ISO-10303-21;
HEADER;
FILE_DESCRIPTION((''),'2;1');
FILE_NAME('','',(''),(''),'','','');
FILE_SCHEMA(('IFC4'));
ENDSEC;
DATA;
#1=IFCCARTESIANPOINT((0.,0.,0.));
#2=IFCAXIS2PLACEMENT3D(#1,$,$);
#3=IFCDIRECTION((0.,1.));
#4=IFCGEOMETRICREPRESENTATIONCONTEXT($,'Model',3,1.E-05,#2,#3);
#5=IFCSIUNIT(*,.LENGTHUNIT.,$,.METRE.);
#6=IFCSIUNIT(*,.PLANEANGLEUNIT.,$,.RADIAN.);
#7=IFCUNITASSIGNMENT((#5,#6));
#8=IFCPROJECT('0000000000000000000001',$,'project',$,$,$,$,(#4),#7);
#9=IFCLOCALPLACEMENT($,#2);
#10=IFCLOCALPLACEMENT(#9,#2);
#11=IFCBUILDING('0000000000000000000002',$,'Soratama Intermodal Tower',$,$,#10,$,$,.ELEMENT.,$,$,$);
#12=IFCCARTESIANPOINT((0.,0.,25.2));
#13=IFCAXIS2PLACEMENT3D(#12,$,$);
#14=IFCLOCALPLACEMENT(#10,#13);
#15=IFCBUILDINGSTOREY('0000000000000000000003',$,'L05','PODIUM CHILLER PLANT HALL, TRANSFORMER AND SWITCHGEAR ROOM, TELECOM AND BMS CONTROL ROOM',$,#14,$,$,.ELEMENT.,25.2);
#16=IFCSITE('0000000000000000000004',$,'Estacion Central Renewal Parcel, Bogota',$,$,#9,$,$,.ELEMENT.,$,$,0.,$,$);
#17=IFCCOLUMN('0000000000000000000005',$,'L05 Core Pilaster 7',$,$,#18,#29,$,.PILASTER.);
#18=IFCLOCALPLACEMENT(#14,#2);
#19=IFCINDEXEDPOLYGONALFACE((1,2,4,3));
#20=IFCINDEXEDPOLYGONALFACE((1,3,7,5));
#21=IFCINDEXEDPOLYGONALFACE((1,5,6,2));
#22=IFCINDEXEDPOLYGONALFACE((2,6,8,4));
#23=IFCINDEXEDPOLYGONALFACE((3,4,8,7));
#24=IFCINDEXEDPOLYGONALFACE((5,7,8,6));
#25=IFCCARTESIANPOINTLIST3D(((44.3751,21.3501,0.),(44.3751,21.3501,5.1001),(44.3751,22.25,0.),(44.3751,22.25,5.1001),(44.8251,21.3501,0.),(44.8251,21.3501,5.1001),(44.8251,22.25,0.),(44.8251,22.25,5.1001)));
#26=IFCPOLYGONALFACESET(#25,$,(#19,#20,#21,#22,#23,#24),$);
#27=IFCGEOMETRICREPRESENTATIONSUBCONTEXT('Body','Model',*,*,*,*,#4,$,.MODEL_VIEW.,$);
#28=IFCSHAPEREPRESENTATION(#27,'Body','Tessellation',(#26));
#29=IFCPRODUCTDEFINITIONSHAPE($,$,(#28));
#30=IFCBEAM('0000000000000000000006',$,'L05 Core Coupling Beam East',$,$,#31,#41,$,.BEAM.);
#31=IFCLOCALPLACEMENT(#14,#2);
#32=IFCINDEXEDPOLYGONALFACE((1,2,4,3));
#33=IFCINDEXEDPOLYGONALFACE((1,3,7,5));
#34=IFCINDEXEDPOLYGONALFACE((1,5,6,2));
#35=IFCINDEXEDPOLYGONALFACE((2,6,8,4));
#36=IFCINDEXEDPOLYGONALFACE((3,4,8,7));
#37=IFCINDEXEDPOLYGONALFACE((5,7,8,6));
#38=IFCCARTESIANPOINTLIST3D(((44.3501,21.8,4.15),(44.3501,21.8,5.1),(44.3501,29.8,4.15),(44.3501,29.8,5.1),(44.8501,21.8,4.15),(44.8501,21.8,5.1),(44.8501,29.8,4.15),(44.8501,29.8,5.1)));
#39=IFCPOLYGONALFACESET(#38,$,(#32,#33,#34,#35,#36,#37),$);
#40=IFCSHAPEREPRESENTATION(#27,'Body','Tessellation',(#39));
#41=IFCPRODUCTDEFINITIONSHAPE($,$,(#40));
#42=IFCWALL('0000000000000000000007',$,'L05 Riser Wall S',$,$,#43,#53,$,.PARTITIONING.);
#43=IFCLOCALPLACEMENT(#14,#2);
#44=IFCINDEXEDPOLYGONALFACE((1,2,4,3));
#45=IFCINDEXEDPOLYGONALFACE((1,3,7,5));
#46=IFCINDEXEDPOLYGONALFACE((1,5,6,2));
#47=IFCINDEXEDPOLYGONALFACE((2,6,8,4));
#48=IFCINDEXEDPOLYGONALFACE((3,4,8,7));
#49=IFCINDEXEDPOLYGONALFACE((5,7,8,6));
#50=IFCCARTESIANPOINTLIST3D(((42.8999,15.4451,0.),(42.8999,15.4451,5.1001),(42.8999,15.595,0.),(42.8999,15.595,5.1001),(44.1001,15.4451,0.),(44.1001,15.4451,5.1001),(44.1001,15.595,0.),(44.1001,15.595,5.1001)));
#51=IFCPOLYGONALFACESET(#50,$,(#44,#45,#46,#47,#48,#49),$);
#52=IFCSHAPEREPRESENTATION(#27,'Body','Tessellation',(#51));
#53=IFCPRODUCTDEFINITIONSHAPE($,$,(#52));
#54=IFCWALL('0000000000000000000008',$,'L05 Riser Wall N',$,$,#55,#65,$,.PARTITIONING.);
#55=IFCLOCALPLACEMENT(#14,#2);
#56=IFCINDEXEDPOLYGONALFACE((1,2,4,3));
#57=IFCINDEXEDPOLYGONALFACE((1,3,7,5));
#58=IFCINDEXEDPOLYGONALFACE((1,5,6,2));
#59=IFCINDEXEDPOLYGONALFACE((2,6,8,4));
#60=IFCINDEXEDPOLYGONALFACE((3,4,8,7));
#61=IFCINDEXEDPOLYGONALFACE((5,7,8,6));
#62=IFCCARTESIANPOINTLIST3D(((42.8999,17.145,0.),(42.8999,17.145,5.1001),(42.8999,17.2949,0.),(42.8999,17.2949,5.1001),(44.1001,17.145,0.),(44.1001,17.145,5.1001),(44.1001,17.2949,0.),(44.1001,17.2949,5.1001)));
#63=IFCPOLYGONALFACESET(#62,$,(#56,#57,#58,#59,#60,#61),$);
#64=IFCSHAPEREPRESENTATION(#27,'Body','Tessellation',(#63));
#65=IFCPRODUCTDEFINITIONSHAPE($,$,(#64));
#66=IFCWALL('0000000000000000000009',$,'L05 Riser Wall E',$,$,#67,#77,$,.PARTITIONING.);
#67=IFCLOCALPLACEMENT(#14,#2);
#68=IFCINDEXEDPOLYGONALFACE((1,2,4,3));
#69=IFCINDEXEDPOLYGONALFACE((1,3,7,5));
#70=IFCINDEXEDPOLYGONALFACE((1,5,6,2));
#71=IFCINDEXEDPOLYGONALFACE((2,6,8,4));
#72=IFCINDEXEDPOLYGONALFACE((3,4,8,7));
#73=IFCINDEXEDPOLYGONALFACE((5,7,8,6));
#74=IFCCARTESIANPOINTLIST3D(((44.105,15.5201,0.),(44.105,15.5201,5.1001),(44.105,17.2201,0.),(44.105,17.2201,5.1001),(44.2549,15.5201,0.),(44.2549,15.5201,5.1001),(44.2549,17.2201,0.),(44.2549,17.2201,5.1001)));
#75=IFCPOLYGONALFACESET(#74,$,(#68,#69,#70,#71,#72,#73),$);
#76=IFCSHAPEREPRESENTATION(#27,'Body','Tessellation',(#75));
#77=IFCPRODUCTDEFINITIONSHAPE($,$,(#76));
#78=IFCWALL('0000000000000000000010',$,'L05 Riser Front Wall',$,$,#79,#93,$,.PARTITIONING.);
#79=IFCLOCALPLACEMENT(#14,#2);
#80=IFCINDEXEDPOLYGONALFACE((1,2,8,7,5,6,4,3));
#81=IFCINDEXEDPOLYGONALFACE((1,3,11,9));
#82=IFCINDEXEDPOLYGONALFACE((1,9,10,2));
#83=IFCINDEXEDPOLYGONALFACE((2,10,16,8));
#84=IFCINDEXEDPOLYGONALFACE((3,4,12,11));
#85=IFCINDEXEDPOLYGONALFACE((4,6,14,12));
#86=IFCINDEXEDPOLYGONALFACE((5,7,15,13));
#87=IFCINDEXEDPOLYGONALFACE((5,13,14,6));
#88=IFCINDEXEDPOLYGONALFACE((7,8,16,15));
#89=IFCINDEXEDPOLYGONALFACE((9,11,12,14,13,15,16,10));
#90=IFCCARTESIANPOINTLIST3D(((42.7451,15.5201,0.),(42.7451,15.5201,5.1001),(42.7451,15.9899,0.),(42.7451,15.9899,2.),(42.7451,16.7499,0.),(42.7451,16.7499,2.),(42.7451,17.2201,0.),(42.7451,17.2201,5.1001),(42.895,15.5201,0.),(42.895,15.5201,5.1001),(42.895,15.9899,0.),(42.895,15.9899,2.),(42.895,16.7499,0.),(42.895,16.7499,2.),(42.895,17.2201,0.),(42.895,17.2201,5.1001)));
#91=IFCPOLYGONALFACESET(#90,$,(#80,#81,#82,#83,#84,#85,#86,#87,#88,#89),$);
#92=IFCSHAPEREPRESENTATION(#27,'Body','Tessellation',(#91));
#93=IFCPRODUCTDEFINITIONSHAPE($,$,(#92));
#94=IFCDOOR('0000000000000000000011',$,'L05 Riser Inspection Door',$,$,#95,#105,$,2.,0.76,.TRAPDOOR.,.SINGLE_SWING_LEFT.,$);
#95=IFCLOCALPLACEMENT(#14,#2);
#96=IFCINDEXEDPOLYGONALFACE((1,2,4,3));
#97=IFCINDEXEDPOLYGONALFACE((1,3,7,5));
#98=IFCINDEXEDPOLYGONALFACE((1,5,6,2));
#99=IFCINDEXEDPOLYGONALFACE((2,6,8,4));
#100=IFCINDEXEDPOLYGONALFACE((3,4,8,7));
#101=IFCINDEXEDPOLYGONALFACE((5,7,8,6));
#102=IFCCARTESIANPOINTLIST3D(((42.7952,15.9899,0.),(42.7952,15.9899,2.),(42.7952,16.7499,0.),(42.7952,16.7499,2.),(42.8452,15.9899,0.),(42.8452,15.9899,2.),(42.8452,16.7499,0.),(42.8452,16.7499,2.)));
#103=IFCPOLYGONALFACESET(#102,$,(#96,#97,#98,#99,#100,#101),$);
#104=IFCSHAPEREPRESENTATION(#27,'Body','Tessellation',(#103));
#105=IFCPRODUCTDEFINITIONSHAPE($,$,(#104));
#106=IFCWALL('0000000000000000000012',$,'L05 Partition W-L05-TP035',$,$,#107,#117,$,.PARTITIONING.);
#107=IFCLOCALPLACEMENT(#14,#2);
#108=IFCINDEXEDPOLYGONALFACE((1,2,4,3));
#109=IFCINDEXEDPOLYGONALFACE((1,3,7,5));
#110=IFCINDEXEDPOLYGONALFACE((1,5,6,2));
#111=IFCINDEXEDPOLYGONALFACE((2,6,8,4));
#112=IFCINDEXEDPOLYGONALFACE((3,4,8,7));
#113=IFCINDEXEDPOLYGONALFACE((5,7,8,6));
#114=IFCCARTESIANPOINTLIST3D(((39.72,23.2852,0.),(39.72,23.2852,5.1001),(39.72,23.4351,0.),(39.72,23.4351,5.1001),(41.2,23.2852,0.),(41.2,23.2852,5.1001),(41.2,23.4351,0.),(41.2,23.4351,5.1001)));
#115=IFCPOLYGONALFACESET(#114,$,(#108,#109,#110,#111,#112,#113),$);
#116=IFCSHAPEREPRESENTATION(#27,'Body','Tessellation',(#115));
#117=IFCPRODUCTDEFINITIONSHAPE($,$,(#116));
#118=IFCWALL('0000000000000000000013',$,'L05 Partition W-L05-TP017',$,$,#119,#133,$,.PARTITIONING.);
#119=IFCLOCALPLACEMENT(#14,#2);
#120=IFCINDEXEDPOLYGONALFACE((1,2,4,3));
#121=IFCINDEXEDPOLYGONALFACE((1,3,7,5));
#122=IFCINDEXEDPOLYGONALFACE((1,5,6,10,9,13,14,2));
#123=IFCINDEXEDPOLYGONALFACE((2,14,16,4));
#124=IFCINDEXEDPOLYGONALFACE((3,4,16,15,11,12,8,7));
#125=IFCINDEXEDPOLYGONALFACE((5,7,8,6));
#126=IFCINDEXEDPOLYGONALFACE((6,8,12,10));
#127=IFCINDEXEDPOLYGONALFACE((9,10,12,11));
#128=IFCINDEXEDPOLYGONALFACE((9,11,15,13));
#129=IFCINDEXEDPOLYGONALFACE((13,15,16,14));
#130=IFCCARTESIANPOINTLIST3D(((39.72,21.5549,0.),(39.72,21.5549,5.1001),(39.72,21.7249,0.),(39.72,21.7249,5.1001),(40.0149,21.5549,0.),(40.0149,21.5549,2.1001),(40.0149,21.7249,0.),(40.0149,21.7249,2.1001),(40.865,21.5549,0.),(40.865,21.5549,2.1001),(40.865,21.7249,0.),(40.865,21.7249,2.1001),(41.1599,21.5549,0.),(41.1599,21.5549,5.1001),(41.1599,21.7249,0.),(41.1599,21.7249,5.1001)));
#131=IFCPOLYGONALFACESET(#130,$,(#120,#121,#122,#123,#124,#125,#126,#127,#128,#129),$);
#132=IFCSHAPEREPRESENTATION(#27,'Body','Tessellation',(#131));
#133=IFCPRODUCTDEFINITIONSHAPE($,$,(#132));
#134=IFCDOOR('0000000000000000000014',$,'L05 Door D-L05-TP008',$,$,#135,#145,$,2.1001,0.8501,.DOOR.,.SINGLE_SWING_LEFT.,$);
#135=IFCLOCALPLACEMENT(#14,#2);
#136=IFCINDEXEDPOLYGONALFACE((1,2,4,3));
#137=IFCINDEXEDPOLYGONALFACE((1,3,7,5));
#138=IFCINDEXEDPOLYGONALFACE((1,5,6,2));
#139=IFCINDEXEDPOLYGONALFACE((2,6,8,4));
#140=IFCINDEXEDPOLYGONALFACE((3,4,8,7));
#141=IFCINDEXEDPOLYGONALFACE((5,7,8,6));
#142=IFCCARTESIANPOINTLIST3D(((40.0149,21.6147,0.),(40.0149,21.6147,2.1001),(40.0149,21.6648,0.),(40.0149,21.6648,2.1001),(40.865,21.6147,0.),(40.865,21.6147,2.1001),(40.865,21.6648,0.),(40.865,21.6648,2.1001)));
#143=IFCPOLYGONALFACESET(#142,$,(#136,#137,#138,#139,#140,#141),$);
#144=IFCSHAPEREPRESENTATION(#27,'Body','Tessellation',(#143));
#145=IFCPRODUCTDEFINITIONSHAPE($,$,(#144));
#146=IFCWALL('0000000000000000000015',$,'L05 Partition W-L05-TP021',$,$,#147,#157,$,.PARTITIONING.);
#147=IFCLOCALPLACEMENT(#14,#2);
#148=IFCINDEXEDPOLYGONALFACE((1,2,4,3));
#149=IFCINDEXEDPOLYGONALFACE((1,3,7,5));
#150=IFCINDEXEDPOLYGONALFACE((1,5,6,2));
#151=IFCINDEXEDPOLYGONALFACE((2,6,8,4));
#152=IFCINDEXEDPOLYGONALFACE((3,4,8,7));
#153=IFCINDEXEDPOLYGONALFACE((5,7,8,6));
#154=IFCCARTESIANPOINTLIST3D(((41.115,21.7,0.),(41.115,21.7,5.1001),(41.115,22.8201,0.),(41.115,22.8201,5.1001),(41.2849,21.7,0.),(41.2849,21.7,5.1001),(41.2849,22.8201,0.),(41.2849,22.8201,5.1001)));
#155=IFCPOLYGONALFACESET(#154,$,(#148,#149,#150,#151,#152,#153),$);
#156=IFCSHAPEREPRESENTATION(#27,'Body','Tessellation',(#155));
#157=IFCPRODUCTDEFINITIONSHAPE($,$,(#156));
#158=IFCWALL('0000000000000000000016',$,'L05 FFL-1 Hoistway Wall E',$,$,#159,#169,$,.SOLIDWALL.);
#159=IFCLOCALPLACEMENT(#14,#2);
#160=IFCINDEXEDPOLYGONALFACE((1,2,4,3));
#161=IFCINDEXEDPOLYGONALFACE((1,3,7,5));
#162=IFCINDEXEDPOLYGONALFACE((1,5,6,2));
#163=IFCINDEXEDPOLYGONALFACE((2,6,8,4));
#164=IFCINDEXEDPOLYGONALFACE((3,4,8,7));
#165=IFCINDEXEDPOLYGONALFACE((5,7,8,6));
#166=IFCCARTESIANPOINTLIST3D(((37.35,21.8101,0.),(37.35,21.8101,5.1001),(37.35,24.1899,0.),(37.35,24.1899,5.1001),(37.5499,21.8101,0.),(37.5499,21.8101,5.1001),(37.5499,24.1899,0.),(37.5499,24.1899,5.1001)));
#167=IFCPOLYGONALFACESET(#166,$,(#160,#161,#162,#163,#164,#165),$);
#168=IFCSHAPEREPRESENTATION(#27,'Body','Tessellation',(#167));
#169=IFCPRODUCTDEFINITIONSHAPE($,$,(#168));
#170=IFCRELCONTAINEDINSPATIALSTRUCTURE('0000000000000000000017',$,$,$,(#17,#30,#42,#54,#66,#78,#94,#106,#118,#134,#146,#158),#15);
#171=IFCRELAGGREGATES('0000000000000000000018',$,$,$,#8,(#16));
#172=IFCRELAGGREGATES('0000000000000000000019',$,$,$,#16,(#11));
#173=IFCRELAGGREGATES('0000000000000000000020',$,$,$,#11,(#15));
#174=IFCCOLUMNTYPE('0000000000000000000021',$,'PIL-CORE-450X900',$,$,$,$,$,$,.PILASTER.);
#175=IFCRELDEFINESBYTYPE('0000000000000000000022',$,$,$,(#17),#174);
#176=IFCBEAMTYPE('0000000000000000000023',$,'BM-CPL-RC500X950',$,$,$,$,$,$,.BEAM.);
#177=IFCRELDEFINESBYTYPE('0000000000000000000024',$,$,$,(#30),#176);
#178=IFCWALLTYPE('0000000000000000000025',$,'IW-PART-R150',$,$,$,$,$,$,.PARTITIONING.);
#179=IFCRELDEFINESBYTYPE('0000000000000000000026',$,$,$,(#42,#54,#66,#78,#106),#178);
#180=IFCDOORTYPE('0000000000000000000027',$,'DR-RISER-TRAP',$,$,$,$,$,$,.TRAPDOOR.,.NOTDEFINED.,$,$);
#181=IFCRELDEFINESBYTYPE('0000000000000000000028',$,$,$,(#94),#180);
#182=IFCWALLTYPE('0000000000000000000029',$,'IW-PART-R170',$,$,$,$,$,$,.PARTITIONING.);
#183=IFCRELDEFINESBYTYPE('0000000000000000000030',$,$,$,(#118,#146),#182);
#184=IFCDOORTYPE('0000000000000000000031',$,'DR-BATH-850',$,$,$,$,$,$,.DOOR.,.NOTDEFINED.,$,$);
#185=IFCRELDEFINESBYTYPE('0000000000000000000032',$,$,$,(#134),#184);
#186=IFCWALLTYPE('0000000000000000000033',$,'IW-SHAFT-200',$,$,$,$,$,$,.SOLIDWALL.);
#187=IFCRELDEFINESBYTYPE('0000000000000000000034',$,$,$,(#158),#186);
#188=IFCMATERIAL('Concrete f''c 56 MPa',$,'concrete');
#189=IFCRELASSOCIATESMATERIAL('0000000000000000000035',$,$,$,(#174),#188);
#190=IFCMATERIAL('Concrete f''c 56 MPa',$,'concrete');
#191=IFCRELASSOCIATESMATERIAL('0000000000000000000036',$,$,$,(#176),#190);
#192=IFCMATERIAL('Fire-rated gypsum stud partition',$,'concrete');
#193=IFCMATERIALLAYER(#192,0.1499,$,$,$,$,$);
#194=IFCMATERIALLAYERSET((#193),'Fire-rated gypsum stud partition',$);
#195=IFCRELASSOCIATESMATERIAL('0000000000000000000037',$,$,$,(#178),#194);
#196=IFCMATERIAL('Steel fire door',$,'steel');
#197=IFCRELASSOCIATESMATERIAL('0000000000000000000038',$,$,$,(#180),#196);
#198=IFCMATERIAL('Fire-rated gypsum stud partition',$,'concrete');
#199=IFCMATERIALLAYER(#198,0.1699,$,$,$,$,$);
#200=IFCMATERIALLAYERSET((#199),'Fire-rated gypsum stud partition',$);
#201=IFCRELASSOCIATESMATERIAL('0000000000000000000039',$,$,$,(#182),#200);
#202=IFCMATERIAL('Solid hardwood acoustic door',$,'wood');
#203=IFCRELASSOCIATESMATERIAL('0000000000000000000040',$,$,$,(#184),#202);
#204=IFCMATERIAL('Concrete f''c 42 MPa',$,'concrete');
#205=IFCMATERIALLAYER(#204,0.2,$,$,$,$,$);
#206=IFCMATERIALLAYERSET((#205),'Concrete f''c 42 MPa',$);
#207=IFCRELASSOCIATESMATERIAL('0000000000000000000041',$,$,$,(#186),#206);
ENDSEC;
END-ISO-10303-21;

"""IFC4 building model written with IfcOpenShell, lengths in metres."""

from ifc_helpers import new_model, si_unit, direction, frame, frame_2d, origin, origin_2d, place, context, subcontext, project, spatial, rectangle, extrude, material, layer, layer_set, material_profile, profile_set, type_object, element, fill, save


model = new_model("IFC4")

# Units and contexts
model_context = context("Model", 3, precision=1e-05, world=origin(), true_north=direction((0.0, 1.0)))
body_context = subcontext(model_context, "Body", "Model", "MODEL_VIEW")
ifc_project = project(units=[si_unit("LENGTHUNIT", "METRE"), si_unit("PLANEANGLEUNIT", "RADIAN")], contexts=[model_context])

# Site, building, storey
site_placement = place(None, origin())
site = spatial("IfcSite", under=ifc_project, at=site_placement, Name="Estacion Central Renewal Parcel, Bogota", CompositionType="ELEMENT", RefElevation=0.0)
building_placement = place(site_placement, origin())
building = spatial("IfcBuilding", under=site, at=building_placement, Name="Soratama Intermodal Tower", CompositionType="ELEMENT")
storey_placement = place(building_placement, frame((0.0, 0.0, 25.2)))
storey = spatial("IfcBuildingStorey", under=building, at=storey_placement, Name="L05", Description="PODIUM CHILLER PLANT HALL, TRANSFORMER AND SWITCHGEAR ROOM, TELECOM AND BMS CONTROL ROOM", CompositionType="ELEMENT", Elevation=25.2)

# Column
ifc_material_1 = material(Name="Concrete f'c 56 MPa", Category="concrete")
ifc_material_profile_1 = material_profile(ifc_material_1, rectangle(XDim=0.45, YDim=0.8999, at=origin_2d()), Name="RC450X900")
ifc_profile_set_1 = profile_set([ifc_material_profile_1], Name="Concrete f'c 56 MPa")
column_type = type_object("IfcColumnType", Name="PIL-CORE-450X900", PredefinedType="PILASTER", material=ifc_profile_set_1)
column_placement = place(storey_placement, frame((44.6001, 21.8, 0.0), z_axis=(0.0, 0.0, 1.0), x_axis=(1.0, 0.0, 0.0)))
element("IfcColumn", 1, at=column_placement, inside=storey, type_object=column_type, Name="L05 Core Pilaster 7", PredefinedType="PILASTER", context=body_context, shape_type="SweptSolid", body=[
    extrude(rectangle(XDim=0.45, YDim=0.8999, at=origin_2d()), origin(), (0.0, 0.0, 1.0), 5.1001),
])

# Beam
ifc_material_2 = material(Name="Concrete f'c 56 MPa", Category="concrete")
ifc_material_profile_2 = material_profile(ifc_material_2, rectangle(XDim=0.5, YDim=0.95, at=origin_2d()), Name="RC500X950")
ifc_profile_set_2 = profile_set([ifc_material_profile_2], Name="Concrete f'c 56 MPa")
beam_type = type_object("IfcBeamType", Name="BM-CPL-RC500X950", PredefinedType="BEAM", material=ifc_profile_set_2)
beam_placement = place(storey_placement, frame((44.6001, 21.8, 4.625), z_axis=(0.0, 1.0, 0.0), x_axis=(-1.0, 0.0, 0.0)))
element("IfcBeam", 2, at=beam_placement, inside=storey, type_object=beam_type, Name="L05 Core Coupling Beam East", PredefinedType="BEAM", context=body_context, shape_type="SweptSolid", body=[
    extrude(rectangle(XDim=0.5, YDim=0.95, at=origin_2d()), origin(), (0.0, 0.0, 1.0), 8.0),
])

# Walls
ifc_material_3 = material(Name="Fire-rated gypsum stud partition", Category="concrete")
ifc_layer_1 = layer(ifc_material_3, 0.1499)
ifc_layer_set_1 = layer_set([ifc_layer_1], Name="Fire-rated gypsum stud partition")
wall_type_1 = type_object("IfcWallType", Name="IW-PART-R150", PredefinedType="PARTITIONING", material=ifc_layer_set_1)
for number, where, z_axis, x_axis, name in (
    (3, (42.8999, 15.52, 0.0), (0.0, 0.0, 1.0), (1.0, 0.0, 0.0), "L05 Riser Wall S"),
    (4, (42.8999, 17.22, 0.0), (0.0, 0.0, 1.0), (1.0, 0.0, 0.0), "L05 Riser Wall N"),
):
    element("IfcWall", number, at=place(storey_placement, frame(where, z_axis=z_axis, x_axis=x_axis)), inside=storey, type_object=wall_type_1, Name=name, PredefinedType="PARTITIONING", context=body_context, shape_type="SweptSolid", body=[
        extrude(rectangle(XDim=1.2002, YDim=0.1499, at=frame_2d((0.6001, 0.0))), origin(), (0.0, 0.0, 1.0), 5.1001),
    ])
wall_1_placement = place(storey_placement, frame((44.1799, 15.52, 0.0), z_axis=(0.0, 0.0, 1.0), x_axis=(0.0, 1.0, 0.0)))
element("IfcWall", 5, at=wall_1_placement, inside=storey, type_object=wall_type_1, Name="L05 Riser Wall E", PredefinedType="PARTITIONING", context=body_context, shape_type="SweptSolid", body=[
    extrude(rectangle(XDim=1.7, YDim=0.1499, at=frame_2d((0.8501, 0.0))), origin(), (0.0, 0.0, 1.0), 5.1001),
])

# Wall, opening, door
wall_2_placement = place(storey_placement, frame((42.8201, 15.52, 0.0), z_axis=(0.0, 0.0, 1.0), x_axis=(0.0, 1.0, 0.0)))
wall_2 = element("IfcWall", 6, at=wall_2_placement, inside=storey, type_object=wall_type_1, Name="L05 Riser Front Wall", PredefinedType="PARTITIONING", context=body_context, shape_type="SweptSolid", body=[
    extrude(rectangle(XDim=1.7, YDim=0.1499, at=frame_2d((0.8501, 0.0))), origin(), (0.0, 0.0, 1.0), 5.1001),
])
opening_1_placement = place(wall_2_placement, frame((0.47, 0.0, 0.0)))
opening_1 = element("IfcOpeningElement", 7, at=opening_1_placement, cuts=wall_2, PredefinedType="OPENING", context=body_context, shape_type="SweptSolid", body=[
    extrude(rectangle(XDim=0.76, YDim=2.0, at=frame_2d((0.3799, 1.0))), frame((0.0, 0.085, 0.0), z_axis=(0.0, -1.0, 0.0), x_axis=(1.0, 0.0, 0.0)), (0.0, 0.0, 1.0), 0.1699),
])
ifc_material_4 = material(Name="Steel fire door", Category="steel")
door_type_1 = type_object("IfcDoorType", Name="DR-RISER-TRAP", OperationType="NOTDEFINED", PredefinedType="TRAPDOOR", material=ifc_material_4)
door_1_placement = place(opening_1_placement, origin())
door_1 = element("IfcDoor", 8, at=door_1_placement, inside=storey, type_object=door_type_1, Name="L05 Riser Inspection Door", OperationType="SINGLE_SWING_LEFT", OverallHeight=2.0, OverallWidth=0.76, PredefinedType="TRAPDOOR", context=body_context, shape_type="SweptSolid", body=[
    extrude(rectangle(XDim=0.76, YDim=2.0, at=frame_2d((0.3799, 1.0))), frame((0.0, 0.0249, 0.0), z_axis=(0.0, -1.0, 0.0), x_axis=(1.0, 0.0, 0.0)), (0.0, 0.0, 1.0), 0.05),
])
fill(opening_1, door_1)

# Wall
wall_3_placement = place(storey_placement, frame((41.2, 23.3601, 0.0), z_axis=(0.0, 0.0, 1.0), x_axis=(-1.0, 0.0, 0.0)))
element("IfcWall", 9, at=wall_3_placement, inside=storey, type_object=wall_type_1, Name="L05 Partition W-L05-TP035", PredefinedType="PARTITIONING", context=body_context, shape_type="SweptSolid", body=[
    extrude(rectangle(XDim=1.48, YDim=0.1499, at=frame_2d((0.74, 0.0))), origin(), (0.0, 0.0, 1.0), 5.1001),
])

# Wall, opening, door
ifc_material_5 = material(Name="Fire-rated gypsum stud partition", Category="concrete")
ifc_layer_2 = layer(ifc_material_5, 0.1699)
ifc_layer_set_2 = layer_set([ifc_layer_2], Name="Fire-rated gypsum stud partition")
wall_type_2 = type_object("IfcWallType", Name="IW-PART-R170", PredefinedType="PARTITIONING", material=ifc_layer_set_2)
wall_4_placement = place(storey_placement, frame((39.72, 21.6399, 0.0), z_axis=(0.0, 0.0, 1.0), x_axis=(1.0, 0.0, 0.0)))
wall_4 = element("IfcWall", 10, at=wall_4_placement, inside=storey, type_object=wall_type_2, Name="L05 Partition W-L05-TP017", PredefinedType="PARTITIONING", context=body_context, shape_type="SweptSolid", body=[
    extrude(rectangle(XDim=1.4399, YDim=0.1699, at=frame_2d((0.72, 0.0))), origin(), (0.0, 0.0, 1.0), 5.1001),
])
opening_2_placement = place(wall_4_placement, frame((0.2949, 0.0, 0.0)))
opening_2 = element("IfcOpeningElement", 11, at=opening_2_placement, cuts=wall_4, PredefinedType="OPENING", context=body_context, shape_type="SweptSolid", body=[
    extrude(rectangle(XDim=0.8501, YDim=2.1001, at=frame_2d((0.425, 1.05))), frame((0.0, 0.095, 0.0), z_axis=(0.0, -1.0, 0.0), x_axis=(1.0, 0.0, 0.0)), (0.0, 0.0, 1.0), 0.1899),
])
ifc_material_6 = material(Name="Solid hardwood acoustic door", Category="wood")
door_type_2 = type_object("IfcDoorType", Name="DR-BATH-850", OperationType="NOTDEFINED", PredefinedType="DOOR", material=ifc_material_6)
door_2_placement = place(opening_2_placement, origin())
door_2 = element("IfcDoor", 12, at=door_2_placement, inside=storey, type_object=door_type_2, Name="L05 Door D-L05-TP008", OperationType="SINGLE_SWING_LEFT", OverallHeight=2.1001, OverallWidth=0.8501, PredefinedType="DOOR", context=body_context, shape_type="SweptSolid", body=[
    extrude(rectangle(XDim=0.8501, YDim=2.1001, at=frame_2d((0.425, 1.05))), frame((0.0, 0.0249, 0.0), z_axis=(0.0, -1.0, 0.0), x_axis=(1.0, 0.0, 0.0)), (0.0, 0.0, 1.0), 0.05),
])
fill(opening_2, door_2)

# Walls
wall_5_placement = place(storey_placement, frame((41.2, 21.7, 0.0), z_axis=(0.0, 0.0, 1.0), x_axis=(0.0, 1.0, 0.0)))
element("IfcWall", 13, at=wall_5_placement, inside=storey, type_object=wall_type_2, Name="L05 Partition W-L05-TP021", PredefinedType="PARTITIONING", context=body_context, shape_type="SweptSolid", body=[
    extrude(rectangle(XDim=1.1201, YDim=0.1699, at=frame_2d((0.5601, 0.0))), origin(), (0.0, 0.0, 1.0), 5.1001),
])
ifc_material_7 = material(Name="Concrete f'c 42 MPa", Category="concrete")
ifc_layer_3 = layer(ifc_material_7, 0.2)
ifc_layer_set_3 = layer_set([ifc_layer_3], Name="Concrete f'c 42 MPa")
wall_type_3 = type_object("IfcWallType", Name="IW-SHAFT-200", PredefinedType="SOLIDWALL", material=ifc_layer_set_3)
wall_6_placement = place(storey_placement, frame((37.45, 21.8101, 0.0), z_axis=(0.0, 0.0, 1.0), x_axis=(0.0, 1.0, 0.0)))
element("IfcWall", 14, at=wall_6_placement, inside=storey, type_object=wall_type_3, Name="L05 FFL-1 Hoistway Wall E", PredefinedType="SOLIDWALL", context=body_context, shape_type="SweptSolid", body=[
    extrude(rectangle(XDim=2.3799, YDim=0.2, at=frame_2d((1.1899, 0.0))), origin(), (0.0, 0.0, 1.0), 5.1001),
])

save(model, "model.ifc")
